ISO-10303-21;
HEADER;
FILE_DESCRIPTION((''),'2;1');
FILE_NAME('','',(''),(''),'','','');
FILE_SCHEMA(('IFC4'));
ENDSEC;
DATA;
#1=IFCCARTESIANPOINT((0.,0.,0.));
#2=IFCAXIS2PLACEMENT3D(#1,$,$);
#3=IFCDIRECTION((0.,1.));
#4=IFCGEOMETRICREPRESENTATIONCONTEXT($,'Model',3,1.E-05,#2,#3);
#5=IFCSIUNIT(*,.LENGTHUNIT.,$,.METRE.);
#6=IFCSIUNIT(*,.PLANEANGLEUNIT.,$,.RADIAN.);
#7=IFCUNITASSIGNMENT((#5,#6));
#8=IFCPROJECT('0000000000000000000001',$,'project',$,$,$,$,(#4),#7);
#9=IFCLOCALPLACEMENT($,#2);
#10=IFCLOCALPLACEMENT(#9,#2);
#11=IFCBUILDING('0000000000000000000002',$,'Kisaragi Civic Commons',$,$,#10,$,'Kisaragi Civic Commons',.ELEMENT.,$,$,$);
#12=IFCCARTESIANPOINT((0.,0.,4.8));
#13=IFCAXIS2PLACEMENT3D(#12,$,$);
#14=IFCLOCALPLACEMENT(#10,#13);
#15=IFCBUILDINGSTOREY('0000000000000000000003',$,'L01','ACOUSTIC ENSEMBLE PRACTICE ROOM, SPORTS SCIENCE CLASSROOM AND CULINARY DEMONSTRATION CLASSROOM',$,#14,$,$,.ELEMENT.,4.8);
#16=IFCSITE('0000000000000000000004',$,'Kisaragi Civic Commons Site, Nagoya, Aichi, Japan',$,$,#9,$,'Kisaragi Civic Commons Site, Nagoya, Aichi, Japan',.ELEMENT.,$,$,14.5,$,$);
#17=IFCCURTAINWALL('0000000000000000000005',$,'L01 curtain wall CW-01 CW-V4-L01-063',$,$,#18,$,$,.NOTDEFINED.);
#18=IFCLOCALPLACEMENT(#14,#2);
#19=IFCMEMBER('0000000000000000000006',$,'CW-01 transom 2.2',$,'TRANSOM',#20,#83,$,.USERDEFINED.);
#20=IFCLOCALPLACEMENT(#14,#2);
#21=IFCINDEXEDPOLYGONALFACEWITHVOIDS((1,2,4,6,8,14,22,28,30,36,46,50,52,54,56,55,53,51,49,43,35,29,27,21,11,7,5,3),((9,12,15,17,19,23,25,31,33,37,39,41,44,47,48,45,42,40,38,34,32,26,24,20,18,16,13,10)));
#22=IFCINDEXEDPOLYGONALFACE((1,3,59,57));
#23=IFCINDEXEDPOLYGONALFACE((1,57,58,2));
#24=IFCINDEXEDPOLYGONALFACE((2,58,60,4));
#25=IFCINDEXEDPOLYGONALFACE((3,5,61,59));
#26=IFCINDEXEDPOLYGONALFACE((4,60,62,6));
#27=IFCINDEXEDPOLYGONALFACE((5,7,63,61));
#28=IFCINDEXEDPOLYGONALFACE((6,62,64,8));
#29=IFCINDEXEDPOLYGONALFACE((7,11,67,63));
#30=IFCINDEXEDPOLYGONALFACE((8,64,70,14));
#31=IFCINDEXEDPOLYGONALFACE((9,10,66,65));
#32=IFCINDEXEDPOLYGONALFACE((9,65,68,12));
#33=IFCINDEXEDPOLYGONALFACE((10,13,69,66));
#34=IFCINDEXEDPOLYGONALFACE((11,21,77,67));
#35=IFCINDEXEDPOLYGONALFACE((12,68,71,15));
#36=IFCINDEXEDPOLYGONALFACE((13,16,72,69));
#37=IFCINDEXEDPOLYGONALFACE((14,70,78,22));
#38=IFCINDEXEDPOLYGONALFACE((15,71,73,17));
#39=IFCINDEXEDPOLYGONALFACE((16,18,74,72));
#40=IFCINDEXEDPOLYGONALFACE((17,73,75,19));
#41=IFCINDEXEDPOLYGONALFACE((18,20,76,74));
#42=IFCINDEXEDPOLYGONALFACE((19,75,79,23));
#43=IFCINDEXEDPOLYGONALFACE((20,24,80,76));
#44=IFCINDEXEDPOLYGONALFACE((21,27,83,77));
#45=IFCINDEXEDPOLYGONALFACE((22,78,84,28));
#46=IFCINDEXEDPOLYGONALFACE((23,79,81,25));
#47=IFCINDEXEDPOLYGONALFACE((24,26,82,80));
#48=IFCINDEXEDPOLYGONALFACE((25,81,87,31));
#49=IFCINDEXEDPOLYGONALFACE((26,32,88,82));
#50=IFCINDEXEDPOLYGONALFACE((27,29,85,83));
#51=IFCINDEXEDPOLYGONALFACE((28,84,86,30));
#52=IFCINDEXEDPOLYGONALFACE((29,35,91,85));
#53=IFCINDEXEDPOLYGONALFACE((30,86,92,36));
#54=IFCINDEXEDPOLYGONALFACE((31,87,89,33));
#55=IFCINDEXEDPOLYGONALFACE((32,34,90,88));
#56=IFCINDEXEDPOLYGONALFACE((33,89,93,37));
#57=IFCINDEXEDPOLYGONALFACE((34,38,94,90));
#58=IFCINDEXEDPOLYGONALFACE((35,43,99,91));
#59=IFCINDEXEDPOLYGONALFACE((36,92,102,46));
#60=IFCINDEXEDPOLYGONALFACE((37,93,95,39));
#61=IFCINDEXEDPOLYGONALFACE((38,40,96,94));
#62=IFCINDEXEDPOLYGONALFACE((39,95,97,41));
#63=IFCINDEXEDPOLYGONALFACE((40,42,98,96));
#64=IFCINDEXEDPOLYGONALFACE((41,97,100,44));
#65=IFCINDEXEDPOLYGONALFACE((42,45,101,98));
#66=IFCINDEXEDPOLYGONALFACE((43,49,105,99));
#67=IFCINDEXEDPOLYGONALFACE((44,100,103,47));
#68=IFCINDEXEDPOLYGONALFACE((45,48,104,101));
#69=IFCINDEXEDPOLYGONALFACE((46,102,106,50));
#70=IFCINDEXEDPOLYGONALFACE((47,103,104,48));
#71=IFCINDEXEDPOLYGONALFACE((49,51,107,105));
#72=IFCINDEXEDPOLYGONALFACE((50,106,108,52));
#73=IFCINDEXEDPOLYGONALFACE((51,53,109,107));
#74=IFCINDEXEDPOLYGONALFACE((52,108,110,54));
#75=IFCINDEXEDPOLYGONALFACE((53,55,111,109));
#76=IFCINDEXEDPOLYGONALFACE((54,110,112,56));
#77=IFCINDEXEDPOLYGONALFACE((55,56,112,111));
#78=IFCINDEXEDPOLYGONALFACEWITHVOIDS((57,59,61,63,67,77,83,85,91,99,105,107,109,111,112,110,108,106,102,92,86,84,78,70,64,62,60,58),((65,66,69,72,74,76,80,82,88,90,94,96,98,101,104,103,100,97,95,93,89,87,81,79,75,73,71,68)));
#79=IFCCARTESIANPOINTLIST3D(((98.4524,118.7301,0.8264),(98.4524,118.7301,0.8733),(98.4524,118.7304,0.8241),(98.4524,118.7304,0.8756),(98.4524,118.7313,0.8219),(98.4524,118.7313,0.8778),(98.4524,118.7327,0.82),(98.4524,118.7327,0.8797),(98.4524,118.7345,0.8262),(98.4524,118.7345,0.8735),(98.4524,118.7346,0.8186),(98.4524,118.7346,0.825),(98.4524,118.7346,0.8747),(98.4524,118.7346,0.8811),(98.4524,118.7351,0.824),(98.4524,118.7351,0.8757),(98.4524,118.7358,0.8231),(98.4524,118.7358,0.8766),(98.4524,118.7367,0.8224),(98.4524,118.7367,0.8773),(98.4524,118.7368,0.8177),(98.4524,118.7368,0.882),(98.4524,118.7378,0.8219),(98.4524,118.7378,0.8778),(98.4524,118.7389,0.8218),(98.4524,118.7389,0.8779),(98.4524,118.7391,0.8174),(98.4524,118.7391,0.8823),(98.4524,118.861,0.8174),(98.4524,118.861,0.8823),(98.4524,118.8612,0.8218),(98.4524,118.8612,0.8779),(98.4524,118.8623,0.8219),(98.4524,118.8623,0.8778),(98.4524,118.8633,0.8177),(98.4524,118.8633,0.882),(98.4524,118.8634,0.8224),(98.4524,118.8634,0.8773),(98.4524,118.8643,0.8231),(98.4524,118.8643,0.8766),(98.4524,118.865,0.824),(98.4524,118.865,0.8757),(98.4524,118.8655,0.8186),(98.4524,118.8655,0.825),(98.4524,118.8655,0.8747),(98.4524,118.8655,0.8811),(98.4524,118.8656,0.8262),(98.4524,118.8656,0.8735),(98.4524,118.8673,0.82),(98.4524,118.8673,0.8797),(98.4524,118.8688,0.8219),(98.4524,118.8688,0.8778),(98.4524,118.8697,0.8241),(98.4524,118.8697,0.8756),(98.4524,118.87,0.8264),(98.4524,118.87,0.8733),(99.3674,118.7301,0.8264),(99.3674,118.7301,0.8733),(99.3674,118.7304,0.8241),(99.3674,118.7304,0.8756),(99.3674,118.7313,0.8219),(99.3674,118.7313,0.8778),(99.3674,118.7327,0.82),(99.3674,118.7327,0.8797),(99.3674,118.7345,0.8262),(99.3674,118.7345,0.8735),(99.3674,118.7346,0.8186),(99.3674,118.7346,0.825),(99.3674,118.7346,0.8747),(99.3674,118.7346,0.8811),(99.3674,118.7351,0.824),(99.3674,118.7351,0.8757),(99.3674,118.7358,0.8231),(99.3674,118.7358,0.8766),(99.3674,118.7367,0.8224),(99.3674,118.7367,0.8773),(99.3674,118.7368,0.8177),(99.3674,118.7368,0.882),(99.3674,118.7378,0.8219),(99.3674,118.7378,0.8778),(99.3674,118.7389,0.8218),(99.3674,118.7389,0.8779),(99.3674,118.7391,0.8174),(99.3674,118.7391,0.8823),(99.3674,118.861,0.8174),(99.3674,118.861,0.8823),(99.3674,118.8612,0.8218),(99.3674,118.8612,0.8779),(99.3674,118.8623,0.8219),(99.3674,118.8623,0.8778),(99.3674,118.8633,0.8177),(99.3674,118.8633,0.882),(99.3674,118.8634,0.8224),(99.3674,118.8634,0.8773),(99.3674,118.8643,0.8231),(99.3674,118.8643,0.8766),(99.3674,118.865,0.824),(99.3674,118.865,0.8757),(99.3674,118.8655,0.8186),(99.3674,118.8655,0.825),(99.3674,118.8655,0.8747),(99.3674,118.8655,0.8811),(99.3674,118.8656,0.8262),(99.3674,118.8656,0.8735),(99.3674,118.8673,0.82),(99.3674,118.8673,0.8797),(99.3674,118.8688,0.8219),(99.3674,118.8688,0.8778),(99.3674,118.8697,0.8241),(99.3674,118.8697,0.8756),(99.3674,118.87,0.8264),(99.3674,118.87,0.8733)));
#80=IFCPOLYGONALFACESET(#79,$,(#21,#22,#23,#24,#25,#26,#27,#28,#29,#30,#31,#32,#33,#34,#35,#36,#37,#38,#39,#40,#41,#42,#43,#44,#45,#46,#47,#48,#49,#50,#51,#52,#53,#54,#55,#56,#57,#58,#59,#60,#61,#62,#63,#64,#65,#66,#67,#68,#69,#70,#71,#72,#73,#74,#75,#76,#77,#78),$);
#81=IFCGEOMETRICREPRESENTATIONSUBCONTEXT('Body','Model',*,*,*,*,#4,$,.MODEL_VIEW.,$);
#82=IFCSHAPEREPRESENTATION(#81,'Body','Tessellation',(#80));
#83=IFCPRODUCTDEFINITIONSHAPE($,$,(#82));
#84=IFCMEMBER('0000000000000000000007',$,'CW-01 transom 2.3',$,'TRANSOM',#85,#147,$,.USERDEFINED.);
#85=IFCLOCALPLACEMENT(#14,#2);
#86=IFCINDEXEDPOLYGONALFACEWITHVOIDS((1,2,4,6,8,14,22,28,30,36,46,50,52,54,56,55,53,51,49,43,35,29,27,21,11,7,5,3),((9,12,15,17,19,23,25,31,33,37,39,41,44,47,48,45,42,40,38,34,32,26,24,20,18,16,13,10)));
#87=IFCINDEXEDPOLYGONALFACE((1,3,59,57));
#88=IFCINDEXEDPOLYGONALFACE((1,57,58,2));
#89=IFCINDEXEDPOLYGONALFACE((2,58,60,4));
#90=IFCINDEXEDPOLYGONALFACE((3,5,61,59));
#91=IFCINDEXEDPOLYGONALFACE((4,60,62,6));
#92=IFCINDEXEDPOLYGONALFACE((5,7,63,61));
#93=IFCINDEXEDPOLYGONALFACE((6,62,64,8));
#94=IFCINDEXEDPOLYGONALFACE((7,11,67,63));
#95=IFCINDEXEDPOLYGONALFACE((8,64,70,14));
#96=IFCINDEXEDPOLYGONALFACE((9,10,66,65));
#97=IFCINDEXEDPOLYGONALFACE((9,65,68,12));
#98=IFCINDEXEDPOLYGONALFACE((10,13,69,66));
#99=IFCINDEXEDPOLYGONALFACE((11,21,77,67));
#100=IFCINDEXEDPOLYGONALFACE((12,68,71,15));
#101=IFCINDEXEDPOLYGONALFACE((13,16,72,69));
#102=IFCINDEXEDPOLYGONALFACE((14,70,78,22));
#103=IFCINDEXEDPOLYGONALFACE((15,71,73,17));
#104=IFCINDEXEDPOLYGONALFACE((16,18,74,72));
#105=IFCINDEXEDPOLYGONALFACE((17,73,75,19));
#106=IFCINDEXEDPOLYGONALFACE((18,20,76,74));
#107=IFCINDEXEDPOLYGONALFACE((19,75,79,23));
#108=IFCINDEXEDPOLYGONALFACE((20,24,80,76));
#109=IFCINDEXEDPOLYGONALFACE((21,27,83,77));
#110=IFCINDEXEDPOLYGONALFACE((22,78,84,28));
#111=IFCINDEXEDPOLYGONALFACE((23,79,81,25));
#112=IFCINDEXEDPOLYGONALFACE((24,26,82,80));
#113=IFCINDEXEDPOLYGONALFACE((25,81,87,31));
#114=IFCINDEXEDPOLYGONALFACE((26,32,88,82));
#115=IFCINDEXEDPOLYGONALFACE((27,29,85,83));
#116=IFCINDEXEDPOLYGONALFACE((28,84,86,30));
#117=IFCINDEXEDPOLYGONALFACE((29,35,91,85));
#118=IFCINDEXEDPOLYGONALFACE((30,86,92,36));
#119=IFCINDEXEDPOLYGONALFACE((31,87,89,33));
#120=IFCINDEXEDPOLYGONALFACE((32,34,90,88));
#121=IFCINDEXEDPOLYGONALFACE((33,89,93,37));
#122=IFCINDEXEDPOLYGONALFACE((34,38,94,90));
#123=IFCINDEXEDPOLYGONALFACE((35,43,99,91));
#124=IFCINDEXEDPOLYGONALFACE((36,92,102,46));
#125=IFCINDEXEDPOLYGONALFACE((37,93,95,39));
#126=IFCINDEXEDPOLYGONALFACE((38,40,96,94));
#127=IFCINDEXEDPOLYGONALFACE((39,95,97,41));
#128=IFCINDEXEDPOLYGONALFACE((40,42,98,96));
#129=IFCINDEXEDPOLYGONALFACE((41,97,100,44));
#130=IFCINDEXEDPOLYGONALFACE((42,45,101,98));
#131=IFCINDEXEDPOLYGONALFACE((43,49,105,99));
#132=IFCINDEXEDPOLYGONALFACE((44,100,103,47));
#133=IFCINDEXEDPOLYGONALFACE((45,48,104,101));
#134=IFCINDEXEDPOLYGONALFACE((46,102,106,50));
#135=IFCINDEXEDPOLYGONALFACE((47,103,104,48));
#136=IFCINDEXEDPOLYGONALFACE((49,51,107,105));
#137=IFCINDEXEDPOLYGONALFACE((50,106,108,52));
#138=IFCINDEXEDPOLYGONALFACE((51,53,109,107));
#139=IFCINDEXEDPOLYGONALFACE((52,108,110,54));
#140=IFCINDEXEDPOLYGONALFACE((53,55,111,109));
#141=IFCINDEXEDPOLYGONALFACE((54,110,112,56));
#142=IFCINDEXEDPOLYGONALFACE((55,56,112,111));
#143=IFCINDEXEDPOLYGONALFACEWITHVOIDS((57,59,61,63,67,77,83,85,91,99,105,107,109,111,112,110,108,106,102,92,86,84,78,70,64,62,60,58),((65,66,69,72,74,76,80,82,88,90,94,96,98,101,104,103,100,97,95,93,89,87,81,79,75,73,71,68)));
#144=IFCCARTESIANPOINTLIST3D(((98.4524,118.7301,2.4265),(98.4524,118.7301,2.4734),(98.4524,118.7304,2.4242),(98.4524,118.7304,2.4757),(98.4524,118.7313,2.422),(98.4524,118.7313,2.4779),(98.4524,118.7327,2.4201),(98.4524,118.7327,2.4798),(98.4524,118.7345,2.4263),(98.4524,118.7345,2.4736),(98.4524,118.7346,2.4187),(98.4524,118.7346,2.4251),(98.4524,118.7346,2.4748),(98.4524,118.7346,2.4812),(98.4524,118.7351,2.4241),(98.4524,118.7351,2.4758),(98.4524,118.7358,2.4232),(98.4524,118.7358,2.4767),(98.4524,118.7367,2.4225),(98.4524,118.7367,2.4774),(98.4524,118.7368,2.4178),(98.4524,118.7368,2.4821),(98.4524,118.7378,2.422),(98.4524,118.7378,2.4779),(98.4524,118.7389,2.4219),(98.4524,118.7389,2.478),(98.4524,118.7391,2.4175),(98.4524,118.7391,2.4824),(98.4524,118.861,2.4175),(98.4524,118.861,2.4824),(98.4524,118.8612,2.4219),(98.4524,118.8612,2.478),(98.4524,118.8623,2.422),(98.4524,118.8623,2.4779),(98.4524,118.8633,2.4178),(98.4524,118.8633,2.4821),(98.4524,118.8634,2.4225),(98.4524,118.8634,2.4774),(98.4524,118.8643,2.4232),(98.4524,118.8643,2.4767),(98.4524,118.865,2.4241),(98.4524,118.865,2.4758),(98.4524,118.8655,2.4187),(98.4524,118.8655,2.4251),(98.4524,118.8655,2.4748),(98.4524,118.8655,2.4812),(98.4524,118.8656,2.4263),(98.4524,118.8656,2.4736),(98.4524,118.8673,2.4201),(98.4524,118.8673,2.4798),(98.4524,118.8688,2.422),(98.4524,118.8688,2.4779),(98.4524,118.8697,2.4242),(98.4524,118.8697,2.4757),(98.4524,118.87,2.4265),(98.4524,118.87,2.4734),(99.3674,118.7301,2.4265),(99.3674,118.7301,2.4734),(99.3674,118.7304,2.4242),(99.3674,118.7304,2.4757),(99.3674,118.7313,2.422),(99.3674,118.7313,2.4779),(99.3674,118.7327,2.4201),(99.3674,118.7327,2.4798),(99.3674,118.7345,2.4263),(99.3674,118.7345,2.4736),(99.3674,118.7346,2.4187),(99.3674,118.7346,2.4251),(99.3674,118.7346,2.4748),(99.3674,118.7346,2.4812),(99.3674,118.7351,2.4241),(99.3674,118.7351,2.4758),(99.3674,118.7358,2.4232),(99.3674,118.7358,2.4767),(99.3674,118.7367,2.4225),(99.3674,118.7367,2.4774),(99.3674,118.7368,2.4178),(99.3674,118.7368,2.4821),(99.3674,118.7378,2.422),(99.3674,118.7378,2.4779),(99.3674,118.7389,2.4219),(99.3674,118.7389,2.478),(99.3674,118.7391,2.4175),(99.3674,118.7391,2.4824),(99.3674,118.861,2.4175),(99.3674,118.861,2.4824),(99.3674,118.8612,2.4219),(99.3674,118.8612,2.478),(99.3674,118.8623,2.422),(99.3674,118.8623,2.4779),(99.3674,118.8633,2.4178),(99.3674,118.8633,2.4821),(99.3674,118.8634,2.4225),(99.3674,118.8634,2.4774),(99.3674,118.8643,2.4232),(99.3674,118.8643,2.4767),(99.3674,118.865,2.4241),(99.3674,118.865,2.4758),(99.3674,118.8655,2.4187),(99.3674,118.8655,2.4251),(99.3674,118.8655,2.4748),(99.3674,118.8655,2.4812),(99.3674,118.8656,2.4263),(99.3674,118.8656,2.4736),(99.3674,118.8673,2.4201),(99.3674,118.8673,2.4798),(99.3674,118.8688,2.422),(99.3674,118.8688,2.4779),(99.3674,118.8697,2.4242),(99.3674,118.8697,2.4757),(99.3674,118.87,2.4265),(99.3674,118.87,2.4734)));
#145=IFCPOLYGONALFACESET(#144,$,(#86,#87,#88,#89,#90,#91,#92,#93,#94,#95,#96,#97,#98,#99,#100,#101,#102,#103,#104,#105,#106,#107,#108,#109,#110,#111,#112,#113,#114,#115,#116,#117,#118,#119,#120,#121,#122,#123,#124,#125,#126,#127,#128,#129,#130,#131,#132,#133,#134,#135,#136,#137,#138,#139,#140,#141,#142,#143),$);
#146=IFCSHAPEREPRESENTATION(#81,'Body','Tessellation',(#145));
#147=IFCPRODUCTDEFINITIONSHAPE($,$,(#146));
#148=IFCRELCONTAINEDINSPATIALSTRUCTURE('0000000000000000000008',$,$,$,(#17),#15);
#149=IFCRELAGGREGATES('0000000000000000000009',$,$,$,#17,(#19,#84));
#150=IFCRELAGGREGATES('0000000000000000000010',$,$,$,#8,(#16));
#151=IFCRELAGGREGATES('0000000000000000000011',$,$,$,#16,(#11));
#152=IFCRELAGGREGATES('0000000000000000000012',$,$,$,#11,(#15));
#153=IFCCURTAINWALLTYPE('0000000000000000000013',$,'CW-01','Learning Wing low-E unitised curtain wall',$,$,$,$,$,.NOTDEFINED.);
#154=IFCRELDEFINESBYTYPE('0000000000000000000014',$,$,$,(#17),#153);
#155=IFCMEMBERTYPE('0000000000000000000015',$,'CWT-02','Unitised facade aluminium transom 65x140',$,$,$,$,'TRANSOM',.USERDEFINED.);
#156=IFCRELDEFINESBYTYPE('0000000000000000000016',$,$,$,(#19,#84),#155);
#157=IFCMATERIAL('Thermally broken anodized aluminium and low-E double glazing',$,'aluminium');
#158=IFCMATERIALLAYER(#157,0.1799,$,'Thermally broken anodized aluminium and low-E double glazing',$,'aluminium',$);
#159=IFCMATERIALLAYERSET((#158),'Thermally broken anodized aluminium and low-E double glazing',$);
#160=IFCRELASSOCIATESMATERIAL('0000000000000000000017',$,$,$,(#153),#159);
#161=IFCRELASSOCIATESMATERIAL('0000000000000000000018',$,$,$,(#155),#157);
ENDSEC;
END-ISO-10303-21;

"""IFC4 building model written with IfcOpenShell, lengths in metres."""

from ifc_helpers import new_model, si_unit, direction, frame, origin, origin_2d, place, context, subcontext, project, spatial, hollow_rectangle, extrude, material, layer, layer_set, material_profile, profile_set, type_object, element, aggregate, save


model = new_model("IFC4")

# Units and contexts
model_context = context("Model", 3, precision=1e-05, world=origin(), true_north=direction((0.0, 1.0)))
body_context = subcontext(model_context, "Body", "Model", "MODEL_VIEW")
ifc_project = project(units=[si_unit("LENGTHUNIT", "METRE"), si_unit("PLANEANGLEUNIT", "RADIAN")], contexts=[model_context])

# Site, building, storey
site_placement = place(None, origin())
site = spatial("IfcSite", under=ifc_project, at=site_placement, Name="Kisaragi Civic Commons Site, Nagoya, Aichi, Japan", LongName="Kisaragi Civic Commons Site, Nagoya, Aichi, Japan", CompositionType="ELEMENT", RefElevation=14.5)
building_placement = place(site_placement, origin())
building = spatial("IfcBuilding", under=site, at=building_placement, Name="Kisaragi Civic Commons", LongName="Kisaragi Civic Commons", CompositionType="ELEMENT")
storey_placement = place(building_placement, frame((0.0, 0.0, 4.8)))
storey = spatial("IfcBuildingStorey", under=building, at=storey_placement, Name="L01", Description="ACOUSTIC ENSEMBLE PRACTICE ROOM, SPORTS SCIENCE CLASSROOM AND CULINARY DEMONSTRATION CLASSROOM", CompositionType="ELEMENT", Elevation=4.8)

# Curtain wall, members
ifc_material = material(Name="Thermally broken anodized aluminium and low-E double glazing", Category="aluminium")
ifc_layer_1 = layer(ifc_material, 0.1799, Name="Thermally broken anodized aluminium and low-E double glazing", Category="aluminium")
ifc_layer_set_1 = layer_set([ifc_layer_1], Name="Thermally broken anodized aluminium and low-E double glazing")
curtain_wall_type = type_object("IfcCurtainWallType", Name="CW-01", Description="Learning Wing low-E unitised curtain wall", PredefinedType="NOTDEFINED", material=ifc_layer_set_1)
curtain_wall_placement = place(storey_placement, origin())
curtain_wall = element("IfcCurtainWall", 1, at=curtain_wall_placement, inside=storey, type_object=curtain_wall_type, Name="L01 curtain wall CW-01 CW-V4-L01-063", PredefinedType="NOTDEFINED")
ifc_material_profile_1 = material_profile(ifc_material, hollow_rectangle(XDim=0.1399, YDim=0.0649, WallThickness=0.0044, InnerFilletRadius=0.0044, OuterFilletRadius=0.009, at=origin_2d()), Name="CWT-65x140x4.5", Category="aluminium")
ifc_profile_set_1 = profile_set([ifc_material_profile_1], Name="Thermally broken anodized aluminium and low-E double glazing")
member_type_1 = type_object("IfcMemberType", Name="CWT-02", Description="Unitised facade aluminium transom 65x140", ElementType="TRANSOM", PredefinedType="USERDEFINED", material=ifc_profile_set_1)
member_1_placement = place(storey_placement, frame((98.4524, 118.8, 0.8499), z_axis=(1.0, 0.0, 0.0), x_axis=(0.0, 1.0, 0.0)))
member_1 = element("IfcMember", 2, at=member_1_placement, type_object=member_type_1, Name="CW-01 transom 2.2", ObjectType="TRANSOM", PredefinedType="USERDEFINED", context=body_context, shape_type="SweptSolid", body=[
    extrude(hollow_rectangle(XDim=0.1399, YDim=0.0649, WallThickness=0.0044, InnerFilletRadius=0.0044, OuterFilletRadius=0.009, at=origin_2d()), origin(), (0.0, 0.0, 1.0), 0.915),
])
member_2_placement = place(storey_placement, frame((98.4524, 118.8, 2.45), z_axis=(1.0, 0.0, 0.0), x_axis=(0.0, 1.0, 0.0)))
member_2 = element("IfcMember", 3, at=member_2_placement, type_object=member_type_1, Name="CW-01 transom 2.3", ObjectType="TRANSOM", PredefinedType="USERDEFINED", context=body_context, shape_type="SweptSolid", body=[
    extrude(hollow_rectangle(XDim=0.1399, YDim=0.0649, WallThickness=0.0044, InnerFilletRadius=0.0044, OuterFilletRadius=0.009, at=origin_2d()), origin(), (0.0, 0.0, 1.0), 0.915),
])
aggregate(curtain_wall, [member_1, member_2])

save(model, "model.ifc")
